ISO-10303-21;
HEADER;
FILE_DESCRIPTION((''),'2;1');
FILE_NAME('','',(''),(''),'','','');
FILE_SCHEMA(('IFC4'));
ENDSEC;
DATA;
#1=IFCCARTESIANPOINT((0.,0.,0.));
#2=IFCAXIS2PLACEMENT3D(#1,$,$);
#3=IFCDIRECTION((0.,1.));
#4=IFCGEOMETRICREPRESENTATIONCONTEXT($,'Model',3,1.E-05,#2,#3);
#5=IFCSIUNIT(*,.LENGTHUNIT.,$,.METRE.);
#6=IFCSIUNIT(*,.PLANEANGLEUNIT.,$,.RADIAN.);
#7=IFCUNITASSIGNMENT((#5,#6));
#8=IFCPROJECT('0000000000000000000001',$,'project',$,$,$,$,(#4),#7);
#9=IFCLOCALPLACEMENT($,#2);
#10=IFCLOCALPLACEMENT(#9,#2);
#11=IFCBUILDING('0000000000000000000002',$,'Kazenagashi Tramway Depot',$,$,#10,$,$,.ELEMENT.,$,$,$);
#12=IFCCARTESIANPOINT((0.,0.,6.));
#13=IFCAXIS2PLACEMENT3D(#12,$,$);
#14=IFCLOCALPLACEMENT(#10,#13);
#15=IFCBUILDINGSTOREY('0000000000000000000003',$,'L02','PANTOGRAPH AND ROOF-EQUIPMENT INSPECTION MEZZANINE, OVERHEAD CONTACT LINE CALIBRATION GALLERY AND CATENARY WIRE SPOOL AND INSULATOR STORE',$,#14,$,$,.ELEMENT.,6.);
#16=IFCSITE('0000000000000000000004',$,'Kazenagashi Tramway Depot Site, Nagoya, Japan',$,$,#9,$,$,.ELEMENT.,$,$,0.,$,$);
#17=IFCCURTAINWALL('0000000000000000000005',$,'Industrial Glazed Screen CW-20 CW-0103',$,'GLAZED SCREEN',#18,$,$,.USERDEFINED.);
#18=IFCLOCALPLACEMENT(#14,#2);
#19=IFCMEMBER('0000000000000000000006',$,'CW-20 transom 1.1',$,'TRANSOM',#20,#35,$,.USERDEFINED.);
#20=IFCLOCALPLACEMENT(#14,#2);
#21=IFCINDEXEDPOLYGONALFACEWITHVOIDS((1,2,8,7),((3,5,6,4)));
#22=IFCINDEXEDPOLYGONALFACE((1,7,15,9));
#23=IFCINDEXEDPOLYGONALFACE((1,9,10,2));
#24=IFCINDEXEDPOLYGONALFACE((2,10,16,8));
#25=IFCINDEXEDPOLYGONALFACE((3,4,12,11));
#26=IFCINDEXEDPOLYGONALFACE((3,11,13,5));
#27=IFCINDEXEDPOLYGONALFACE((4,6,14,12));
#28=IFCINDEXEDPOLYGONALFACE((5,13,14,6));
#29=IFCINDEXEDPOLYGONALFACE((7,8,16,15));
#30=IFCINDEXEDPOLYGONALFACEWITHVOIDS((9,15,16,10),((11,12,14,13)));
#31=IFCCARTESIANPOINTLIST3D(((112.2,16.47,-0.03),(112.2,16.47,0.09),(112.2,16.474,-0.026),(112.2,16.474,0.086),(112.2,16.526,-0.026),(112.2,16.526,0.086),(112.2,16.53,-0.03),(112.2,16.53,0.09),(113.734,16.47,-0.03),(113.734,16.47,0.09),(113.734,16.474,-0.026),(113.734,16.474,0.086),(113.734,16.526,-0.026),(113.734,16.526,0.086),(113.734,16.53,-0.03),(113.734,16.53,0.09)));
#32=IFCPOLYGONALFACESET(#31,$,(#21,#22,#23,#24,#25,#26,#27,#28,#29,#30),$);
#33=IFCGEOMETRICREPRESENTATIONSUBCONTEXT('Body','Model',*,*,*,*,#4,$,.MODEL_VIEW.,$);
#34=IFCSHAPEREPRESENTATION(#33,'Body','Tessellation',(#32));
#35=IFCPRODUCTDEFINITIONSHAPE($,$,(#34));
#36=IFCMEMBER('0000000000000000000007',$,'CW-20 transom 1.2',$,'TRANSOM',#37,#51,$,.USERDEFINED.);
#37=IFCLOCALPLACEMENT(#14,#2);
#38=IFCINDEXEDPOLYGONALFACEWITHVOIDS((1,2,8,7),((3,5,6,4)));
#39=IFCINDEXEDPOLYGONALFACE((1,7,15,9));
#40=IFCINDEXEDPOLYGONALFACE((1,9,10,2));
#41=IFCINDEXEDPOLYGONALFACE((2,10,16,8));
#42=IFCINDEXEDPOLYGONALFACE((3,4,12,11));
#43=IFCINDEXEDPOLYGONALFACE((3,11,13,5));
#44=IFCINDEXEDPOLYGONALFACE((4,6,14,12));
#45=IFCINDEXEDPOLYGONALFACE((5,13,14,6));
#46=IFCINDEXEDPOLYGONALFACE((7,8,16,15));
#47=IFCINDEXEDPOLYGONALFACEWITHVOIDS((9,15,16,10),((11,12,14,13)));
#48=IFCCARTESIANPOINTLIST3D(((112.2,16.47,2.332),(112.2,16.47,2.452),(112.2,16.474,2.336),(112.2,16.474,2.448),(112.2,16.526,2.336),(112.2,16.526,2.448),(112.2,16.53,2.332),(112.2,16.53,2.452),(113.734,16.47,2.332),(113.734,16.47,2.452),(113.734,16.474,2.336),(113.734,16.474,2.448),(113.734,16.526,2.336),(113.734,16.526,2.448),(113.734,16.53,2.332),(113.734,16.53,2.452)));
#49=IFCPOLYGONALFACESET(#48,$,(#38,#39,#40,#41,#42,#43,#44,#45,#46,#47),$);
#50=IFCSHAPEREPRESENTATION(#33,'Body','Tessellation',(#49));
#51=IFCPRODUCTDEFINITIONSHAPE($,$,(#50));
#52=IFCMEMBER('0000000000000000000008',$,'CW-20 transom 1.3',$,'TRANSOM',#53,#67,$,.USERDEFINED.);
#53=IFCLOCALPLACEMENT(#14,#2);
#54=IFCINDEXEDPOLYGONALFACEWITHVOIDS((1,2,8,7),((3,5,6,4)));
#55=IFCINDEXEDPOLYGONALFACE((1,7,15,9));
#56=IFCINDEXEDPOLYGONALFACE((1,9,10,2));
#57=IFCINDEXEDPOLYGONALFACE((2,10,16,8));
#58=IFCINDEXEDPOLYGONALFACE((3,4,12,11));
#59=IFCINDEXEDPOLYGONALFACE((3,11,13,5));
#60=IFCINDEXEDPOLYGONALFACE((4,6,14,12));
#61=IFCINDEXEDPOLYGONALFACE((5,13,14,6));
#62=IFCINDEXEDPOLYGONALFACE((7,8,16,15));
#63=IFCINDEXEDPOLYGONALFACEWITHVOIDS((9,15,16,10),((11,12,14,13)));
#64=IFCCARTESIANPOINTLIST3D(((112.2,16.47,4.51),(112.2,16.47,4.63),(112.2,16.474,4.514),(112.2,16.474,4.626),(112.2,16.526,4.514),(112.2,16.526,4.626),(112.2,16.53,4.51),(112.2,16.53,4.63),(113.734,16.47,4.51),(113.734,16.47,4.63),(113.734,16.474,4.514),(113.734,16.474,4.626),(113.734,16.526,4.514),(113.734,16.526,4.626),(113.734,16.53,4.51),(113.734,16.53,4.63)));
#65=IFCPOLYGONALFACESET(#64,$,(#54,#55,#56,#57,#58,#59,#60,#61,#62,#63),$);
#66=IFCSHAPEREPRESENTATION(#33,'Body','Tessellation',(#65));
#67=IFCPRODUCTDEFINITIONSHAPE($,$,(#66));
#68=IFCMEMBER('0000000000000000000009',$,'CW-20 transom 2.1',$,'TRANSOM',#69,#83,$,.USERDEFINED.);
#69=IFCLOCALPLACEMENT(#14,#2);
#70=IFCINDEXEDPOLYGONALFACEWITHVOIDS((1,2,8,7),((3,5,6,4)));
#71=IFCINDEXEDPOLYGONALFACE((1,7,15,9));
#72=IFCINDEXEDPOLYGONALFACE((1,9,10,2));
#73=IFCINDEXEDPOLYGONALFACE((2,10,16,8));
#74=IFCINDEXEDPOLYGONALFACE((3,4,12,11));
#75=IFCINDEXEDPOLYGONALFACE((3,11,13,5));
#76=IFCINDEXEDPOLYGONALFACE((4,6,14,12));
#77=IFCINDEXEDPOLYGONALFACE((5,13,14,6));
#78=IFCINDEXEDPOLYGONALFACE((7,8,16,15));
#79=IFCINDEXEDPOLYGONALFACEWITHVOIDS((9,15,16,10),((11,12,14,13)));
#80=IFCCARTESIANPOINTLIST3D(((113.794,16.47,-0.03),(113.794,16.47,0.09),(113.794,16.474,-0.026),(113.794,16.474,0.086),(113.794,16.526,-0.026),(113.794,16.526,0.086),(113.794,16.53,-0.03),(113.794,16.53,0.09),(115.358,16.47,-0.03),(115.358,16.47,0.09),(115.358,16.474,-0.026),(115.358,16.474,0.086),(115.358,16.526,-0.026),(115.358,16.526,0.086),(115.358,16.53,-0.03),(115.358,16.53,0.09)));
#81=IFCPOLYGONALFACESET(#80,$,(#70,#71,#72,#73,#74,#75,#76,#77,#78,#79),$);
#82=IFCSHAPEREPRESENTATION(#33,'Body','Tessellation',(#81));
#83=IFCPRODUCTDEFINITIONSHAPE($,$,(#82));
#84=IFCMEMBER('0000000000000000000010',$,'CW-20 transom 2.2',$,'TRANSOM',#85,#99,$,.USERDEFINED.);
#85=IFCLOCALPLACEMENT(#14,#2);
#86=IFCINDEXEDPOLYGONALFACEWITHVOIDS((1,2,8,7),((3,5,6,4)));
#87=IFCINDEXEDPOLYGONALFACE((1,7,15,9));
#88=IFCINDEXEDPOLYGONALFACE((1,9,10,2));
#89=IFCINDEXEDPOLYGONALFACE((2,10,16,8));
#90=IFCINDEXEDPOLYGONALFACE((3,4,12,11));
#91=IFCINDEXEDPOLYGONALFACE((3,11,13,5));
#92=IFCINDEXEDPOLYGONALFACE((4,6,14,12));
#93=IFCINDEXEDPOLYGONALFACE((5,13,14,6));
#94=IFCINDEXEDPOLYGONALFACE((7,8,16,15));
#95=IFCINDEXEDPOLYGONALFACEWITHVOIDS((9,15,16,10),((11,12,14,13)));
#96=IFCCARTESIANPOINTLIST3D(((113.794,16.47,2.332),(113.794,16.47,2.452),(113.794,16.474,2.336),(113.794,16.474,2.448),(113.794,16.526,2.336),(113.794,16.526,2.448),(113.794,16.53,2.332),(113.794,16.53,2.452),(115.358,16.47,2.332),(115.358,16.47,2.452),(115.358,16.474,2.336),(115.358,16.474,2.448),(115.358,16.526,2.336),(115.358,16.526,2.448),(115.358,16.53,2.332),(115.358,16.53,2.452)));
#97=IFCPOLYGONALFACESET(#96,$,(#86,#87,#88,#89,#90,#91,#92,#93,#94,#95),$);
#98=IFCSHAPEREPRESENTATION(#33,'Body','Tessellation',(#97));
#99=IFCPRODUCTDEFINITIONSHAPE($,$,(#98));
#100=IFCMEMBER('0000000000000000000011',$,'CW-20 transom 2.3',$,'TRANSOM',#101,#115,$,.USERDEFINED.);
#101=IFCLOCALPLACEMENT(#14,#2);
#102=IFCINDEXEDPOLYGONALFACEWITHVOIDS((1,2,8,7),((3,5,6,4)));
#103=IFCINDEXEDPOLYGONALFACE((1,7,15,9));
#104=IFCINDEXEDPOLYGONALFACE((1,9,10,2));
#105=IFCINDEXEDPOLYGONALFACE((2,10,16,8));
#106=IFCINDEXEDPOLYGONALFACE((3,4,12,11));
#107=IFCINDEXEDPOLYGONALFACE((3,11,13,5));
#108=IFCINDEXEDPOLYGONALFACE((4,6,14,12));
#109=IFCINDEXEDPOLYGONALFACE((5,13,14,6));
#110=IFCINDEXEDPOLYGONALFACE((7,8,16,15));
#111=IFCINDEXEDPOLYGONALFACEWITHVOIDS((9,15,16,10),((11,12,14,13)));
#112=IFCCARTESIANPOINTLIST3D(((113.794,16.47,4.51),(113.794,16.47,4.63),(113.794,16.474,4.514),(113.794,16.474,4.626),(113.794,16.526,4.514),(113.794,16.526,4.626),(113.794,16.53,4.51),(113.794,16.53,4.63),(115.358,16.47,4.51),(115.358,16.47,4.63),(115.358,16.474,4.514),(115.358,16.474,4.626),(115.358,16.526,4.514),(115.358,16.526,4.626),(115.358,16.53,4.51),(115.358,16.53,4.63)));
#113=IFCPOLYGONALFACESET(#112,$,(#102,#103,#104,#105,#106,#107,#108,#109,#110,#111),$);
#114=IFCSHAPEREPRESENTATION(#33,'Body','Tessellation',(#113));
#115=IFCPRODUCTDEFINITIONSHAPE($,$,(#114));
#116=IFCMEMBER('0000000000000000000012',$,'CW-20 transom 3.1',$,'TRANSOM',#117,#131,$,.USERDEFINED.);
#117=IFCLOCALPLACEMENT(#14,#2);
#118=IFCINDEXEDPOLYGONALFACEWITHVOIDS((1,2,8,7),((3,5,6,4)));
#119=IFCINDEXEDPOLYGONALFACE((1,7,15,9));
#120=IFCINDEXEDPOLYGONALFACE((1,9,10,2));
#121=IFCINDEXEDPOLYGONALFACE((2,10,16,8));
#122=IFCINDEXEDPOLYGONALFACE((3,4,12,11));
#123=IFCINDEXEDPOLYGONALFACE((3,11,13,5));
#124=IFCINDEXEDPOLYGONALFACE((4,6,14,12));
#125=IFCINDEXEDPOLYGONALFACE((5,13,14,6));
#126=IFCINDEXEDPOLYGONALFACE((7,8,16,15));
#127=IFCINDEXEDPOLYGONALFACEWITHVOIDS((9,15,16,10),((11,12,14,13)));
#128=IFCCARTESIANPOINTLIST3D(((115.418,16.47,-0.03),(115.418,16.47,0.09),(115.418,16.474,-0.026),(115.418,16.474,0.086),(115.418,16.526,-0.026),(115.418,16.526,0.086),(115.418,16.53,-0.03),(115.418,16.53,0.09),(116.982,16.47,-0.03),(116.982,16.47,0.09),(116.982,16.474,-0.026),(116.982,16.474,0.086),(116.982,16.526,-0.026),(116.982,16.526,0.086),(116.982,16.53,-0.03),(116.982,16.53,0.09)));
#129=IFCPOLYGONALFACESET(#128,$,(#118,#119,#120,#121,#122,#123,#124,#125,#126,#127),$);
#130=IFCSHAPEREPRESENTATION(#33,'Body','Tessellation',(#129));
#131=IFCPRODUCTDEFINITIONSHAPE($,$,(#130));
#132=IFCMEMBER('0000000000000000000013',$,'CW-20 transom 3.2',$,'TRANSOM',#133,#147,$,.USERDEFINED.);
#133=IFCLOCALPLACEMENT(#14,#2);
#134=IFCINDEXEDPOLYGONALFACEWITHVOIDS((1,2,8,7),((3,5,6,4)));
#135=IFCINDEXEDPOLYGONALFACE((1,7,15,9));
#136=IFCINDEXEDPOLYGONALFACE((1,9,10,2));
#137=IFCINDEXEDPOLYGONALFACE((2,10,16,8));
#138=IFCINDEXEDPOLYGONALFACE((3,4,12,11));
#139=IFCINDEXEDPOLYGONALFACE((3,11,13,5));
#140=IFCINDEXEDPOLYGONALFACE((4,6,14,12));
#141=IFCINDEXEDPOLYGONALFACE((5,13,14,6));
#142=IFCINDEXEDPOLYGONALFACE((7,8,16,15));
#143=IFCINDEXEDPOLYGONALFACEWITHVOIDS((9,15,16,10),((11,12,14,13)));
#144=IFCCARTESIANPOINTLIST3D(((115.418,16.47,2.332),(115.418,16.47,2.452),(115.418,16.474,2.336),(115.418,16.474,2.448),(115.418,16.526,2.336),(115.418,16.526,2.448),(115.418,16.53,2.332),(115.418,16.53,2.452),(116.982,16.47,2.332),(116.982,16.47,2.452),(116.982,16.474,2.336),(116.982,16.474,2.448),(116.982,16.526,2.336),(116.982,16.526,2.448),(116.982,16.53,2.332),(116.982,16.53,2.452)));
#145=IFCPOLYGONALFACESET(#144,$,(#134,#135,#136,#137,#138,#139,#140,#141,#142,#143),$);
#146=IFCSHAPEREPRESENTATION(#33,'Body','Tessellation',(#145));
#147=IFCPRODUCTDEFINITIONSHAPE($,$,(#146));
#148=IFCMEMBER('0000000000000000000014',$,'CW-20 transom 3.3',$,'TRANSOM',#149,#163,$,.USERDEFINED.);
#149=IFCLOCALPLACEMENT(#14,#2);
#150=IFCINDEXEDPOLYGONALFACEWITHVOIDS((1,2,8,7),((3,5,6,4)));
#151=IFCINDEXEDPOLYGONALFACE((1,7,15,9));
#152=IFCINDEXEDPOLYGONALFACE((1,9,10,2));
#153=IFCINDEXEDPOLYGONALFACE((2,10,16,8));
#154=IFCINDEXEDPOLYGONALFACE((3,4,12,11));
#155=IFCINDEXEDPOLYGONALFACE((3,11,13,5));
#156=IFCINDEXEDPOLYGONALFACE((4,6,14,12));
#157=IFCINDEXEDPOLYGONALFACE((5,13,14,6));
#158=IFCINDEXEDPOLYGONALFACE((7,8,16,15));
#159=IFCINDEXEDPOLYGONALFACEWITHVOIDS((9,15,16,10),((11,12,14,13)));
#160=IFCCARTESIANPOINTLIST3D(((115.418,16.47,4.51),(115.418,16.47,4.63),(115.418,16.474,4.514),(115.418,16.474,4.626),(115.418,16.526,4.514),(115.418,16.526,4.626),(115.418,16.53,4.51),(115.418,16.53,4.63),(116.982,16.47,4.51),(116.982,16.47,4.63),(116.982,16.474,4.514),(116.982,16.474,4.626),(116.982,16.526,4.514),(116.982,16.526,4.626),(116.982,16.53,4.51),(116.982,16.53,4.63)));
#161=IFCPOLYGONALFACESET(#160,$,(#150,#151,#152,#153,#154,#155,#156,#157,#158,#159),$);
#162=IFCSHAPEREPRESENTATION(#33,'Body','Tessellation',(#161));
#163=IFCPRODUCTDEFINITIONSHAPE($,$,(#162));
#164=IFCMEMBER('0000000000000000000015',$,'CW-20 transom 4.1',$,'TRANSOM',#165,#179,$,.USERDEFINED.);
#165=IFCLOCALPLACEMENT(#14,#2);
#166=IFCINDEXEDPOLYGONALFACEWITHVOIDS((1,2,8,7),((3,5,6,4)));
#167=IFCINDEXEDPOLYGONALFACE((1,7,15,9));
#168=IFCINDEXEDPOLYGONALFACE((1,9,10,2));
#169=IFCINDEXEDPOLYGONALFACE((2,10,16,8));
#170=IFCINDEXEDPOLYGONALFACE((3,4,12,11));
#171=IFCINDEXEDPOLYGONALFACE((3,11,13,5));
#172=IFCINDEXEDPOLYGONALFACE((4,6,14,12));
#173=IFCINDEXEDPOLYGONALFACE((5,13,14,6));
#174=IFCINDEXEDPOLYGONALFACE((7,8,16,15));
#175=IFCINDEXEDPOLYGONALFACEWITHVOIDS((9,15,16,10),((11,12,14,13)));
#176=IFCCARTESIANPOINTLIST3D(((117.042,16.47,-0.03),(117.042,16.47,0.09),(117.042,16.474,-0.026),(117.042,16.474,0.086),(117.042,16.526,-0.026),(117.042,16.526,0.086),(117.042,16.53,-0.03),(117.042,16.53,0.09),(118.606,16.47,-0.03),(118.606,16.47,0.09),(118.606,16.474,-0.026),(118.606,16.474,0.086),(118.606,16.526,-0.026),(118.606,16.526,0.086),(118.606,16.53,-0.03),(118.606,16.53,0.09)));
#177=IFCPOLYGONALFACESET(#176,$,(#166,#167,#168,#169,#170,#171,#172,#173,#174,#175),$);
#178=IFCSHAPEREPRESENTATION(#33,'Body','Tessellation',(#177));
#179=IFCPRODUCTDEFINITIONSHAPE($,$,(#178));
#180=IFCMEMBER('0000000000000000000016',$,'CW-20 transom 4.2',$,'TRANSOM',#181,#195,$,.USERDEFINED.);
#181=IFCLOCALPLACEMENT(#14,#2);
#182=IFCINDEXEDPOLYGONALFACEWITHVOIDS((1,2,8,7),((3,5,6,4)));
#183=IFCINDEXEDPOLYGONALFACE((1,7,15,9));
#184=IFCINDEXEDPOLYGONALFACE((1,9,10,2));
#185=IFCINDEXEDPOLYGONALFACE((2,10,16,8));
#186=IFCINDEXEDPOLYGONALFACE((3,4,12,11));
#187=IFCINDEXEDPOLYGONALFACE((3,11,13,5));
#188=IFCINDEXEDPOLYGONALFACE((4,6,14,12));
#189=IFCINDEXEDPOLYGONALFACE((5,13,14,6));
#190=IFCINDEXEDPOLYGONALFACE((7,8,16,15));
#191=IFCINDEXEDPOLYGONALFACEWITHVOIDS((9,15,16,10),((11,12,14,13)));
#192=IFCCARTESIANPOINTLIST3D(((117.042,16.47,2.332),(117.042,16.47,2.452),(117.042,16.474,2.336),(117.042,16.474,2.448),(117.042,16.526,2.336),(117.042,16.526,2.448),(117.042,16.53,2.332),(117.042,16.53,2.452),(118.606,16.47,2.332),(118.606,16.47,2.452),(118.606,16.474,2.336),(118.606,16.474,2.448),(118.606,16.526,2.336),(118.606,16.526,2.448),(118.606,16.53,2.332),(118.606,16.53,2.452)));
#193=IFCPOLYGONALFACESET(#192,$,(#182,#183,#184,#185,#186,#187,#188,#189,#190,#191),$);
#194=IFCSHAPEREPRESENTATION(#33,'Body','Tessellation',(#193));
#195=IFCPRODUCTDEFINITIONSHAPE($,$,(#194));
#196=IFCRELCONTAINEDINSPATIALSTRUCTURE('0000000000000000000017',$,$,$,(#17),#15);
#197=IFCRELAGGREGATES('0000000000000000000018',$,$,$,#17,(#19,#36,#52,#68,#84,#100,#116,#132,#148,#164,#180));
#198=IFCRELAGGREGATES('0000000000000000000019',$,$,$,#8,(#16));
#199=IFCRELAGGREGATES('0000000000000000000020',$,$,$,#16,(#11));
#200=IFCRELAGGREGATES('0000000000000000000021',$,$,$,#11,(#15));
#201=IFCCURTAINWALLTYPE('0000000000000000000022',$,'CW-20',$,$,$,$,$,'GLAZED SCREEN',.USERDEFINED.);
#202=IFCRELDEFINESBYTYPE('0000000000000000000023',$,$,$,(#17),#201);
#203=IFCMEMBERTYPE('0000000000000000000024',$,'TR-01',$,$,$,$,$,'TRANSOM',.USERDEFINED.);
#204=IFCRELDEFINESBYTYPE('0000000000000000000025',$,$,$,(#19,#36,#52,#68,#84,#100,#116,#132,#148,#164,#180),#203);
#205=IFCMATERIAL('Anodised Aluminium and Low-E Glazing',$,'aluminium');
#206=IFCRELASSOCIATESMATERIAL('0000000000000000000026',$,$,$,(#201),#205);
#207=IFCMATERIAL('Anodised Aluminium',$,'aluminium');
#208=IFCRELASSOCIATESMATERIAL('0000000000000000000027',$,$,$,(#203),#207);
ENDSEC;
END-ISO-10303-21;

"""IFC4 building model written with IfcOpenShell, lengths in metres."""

from ifc_helpers import new_model, si_unit, direction, frame, origin, origin_2d, place, context, subcontext, project, spatial, hollow_rectangle, extrude, material, material_profile, profile_set, type_object, element, aggregate, save


model = new_model("IFC4")

# Units and contexts
model_context = context("Model", 3, precision=1e-05, world=origin(), true_north=direction((0.0, 1.0)))
body_context = subcontext(model_context, "Body", "Model", "MODEL_VIEW")
ifc_project = project(units=[si_unit("LENGTHUNIT", "METRE"), si_unit("PLANEANGLEUNIT", "RADIAN")], contexts=[model_context])

# Site, building, storey
site_placement = place(None, origin())
site = spatial("IfcSite", under=ifc_project, at=site_placement, Name="Kazenagashi Tramway Depot Site, Nagoya, Japan", CompositionType="ELEMENT", RefElevation=0.0)
building_placement = place(site_placement, origin())
building = spatial("IfcBuilding", under=site, at=building_placement, Name="Kazenagashi Tramway Depot", CompositionType="ELEMENT")
storey_placement = place(building_placement, frame((0.0, 0.0, 6.0)))
storey = spatial("IfcBuildingStorey", under=building, at=storey_placement, Name="L02", Description="PANTOGRAPH AND ROOF-EQUIPMENT INSPECTION MEZZANINE, OVERHEAD CONTACT LINE CALIBRATION GALLERY AND CATENARY WIRE SPOOL AND INSULATOR STORE", CompositionType="ELEMENT", Elevation=6.0)

# Shared definitions
ifc_material_1 = material(Name="Anodised Aluminium and Low-E Glazing", Category="aluminium")
ifc_material_2 = material(Name="Anodised Aluminium", Category="aluminium")
curtain_wall_type_1 = type_object("IfcCurtainWallType", Name="CW-20", ElementType="GLAZED SCREEN", PredefinedType="USERDEFINED", material=ifc_material_1)

# Curtain wall
curtain_wall_1_placement = place(storey_placement, origin())
curtain_wall_1 = element("IfcCurtainWall", 1, at=curtain_wall_1_placement, inside=storey, type_object=curtain_wall_type_1, Name="Industrial Glazed Screen CW-20 CW-0103", ObjectType="GLAZED SCREEN", PredefinedType="USERDEFINED")

# Members
ifc_material_profile_1 = material_profile(ifc_material_2, hollow_rectangle(XDim=0.06, YDim=0.12, WallThickness=0.004, at=origin_2d()), Name="RHS-120x60x4")
ifc_profile_set_1 = profile_set([ifc_material_profile_1], Name="Anodised Aluminium")
member_type_1 = type_object("IfcMemberType", Name="TR-01", ElementType="TRANSOM", PredefinedType="USERDEFINED", material=ifc_profile_set_1)
member_1_placement = place(storey_placement, frame((112.2, 16.5, 0.03), z_axis=(1.0, 0.0, 0.0), x_axis=(0.0, 1.0, 0.0)))
member_1 = element("IfcMember", 2, at=member_1_placement, type_object=member_type_1, Name="CW-20 transom 1.1", ObjectType="TRANSOM", PredefinedType="USERDEFINED", context=body_context, shape_type="SweptSolid", body=[
    extrude(hollow_rectangle(XDim=0.06, YDim=0.12, WallThickness=0.004, at=origin_2d()), origin(), (0.0, 0.0, 1.0), 1.534),
])
member_2_placement = place(storey_placement, frame((112.2, 16.5, 2.392), z_axis=(1.0, 0.0, 0.0), x_axis=(0.0, 1.0, 0.0)))
member_2 = element("IfcMember", 3, at=member_2_placement, type_object=member_type_1, Name="CW-20 transom 1.2", ObjectType="TRANSOM", PredefinedType="USERDEFINED", context=body_context, shape_type="SweptSolid", body=[
    extrude(hollow_rectangle(XDim=0.06, YDim=0.12, WallThickness=0.004, at=origin_2d()), origin(), (0.0, 0.0, 1.0), 1.534),
])
member_3_placement = place(storey_placement, frame((112.2, 16.5, 4.57), z_axis=(1.0, 0.0, 0.0), x_axis=(0.0, 1.0, 0.0)))
member_3 = element("IfcMember", 4, at=member_3_placement, type_object=member_type_1, Name="CW-20 transom 1.3", ObjectType="TRANSOM", PredefinedType="USERDEFINED", context=body_context, shape_type="SweptSolid", body=[
    extrude(hollow_rectangle(XDim=0.06, YDim=0.12, WallThickness=0.004, at=origin_2d()), origin(), (0.0, 0.0, 1.0), 1.534),
])
member_4_placement = place(storey_placement, frame((113.794, 16.5, 0.03), z_axis=(1.0, 0.0, 0.0), x_axis=(0.0, 1.0, 0.0)))
member_4 = element("IfcMember", 5, at=member_4_placement, type_object=member_type_1, Name="CW-20 transom 2.1", ObjectType="TRANSOM", PredefinedType="USERDEFINED", context=body_context, shape_type="SweptSolid", body=[
    extrude(hollow_rectangle(XDim=0.06, YDim=0.12, WallThickness=0.004, at=origin_2d()), origin(), (0.0, 0.0, 1.0), 1.564),
])
member_5_placement = place(storey_placement, frame((113.794, 16.5, 2.392), z_axis=(1.0, 0.0, 0.0), x_axis=(0.0, 1.0, 0.0)))
member_5 = element("IfcMember", 6, at=member_5_placement, type_object=member_type_1, Name="CW-20 transom 2.2", ObjectType="TRANSOM", PredefinedType="USERDEFINED", context=body_context, shape_type="SweptSolid", body=[
    extrude(hollow_rectangle(XDim=0.06, YDim=0.12, WallThickness=0.004, at=origin_2d()), origin(), (0.0, 0.0, 1.0), 1.564),
])
member_6_placement = place(storey_placement, frame((113.794, 16.5, 4.57), z_axis=(1.0, 0.0, 0.0), x_axis=(0.0, 1.0, 0.0)))
member_6 = element("IfcMember", 7, at=member_6_placement, type_object=member_type_1, Name="CW-20 transom 2.3", ObjectType="TRANSOM", PredefinedType="USERDEFINED", context=body_context, shape_type="SweptSolid", body=[
    extrude(hollow_rectangle(XDim=0.06, YDim=0.12, WallThickness=0.004, at=origin_2d()), origin(), (0.0, 0.0, 1.0), 1.564),
])
member_7_placement = place(storey_placement, frame((115.418, 16.5, 0.03), z_axis=(1.0, 0.0, 0.0), x_axis=(0.0, 1.0, 0.0)))
member_7 = element("IfcMember", 8, at=member_7_placement, type_object=member_type_1, Name="CW-20 transom 3.1", ObjectType="TRANSOM", PredefinedType="USERDEFINED", context=body_context, shape_type="SweptSolid", body=[
    extrude(hollow_rectangle(XDim=0.06, YDim=0.12, WallThickness=0.004, at=origin_2d()), origin(), (0.0, 0.0, 1.0), 1.564),
])
member_8_placement = place(storey_placement, frame((115.418, 16.5, 2.392), z_axis=(1.0, 0.0, 0.0), x_axis=(0.0, 1.0, 0.0)))
member_8 = element("IfcMember", 9, at=member_8_placement, type_object=member_type_1, Name="CW-20 transom 3.2", ObjectType="TRANSOM", PredefinedType="USERDEFINED", context=body_context, shape_type="SweptSolid", body=[
    extrude(hollow_rectangle(XDim=0.06, YDim=0.12, WallThickness=0.004, at=origin_2d()), origin(), (0.0, 0.0, 1.0), 1.564),
])
member_9_placement = place(storey_placement, frame((115.418, 16.5, 4.57), z_axis=(1.0, 0.0, 0.0), x_axis=(0.0, 1.0, 0.0)))
member_9 = element("IfcMember", 10, at=member_9_placement, type_object=member_type_1, Name="CW-20 transom 3.3", ObjectType="TRANSOM", PredefinedType="USERDEFINED", context=body_context, shape_type="SweptSolid", body=[
    extrude(hollow_rectangle(XDim=0.06, YDim=0.12, WallThickness=0.004, at=origin_2d()), origin(), (0.0, 0.0, 1.0), 1.564),
])
member_10_placement = place(storey_placement, frame((117.042, 16.5, 0.03), z_axis=(1.0, 0.0, 0.0), x_axis=(0.0, 1.0, 0.0)))
member_10 = element("IfcMember", 11, at=member_10_placement, type_object=member_type_1, Name="CW-20 transom 4.1", ObjectType="TRANSOM", PredefinedType="USERDEFINED", context=body_context, shape_type="SweptSolid", body=[
    extrude(hollow_rectangle(XDim=0.06, YDim=0.12, WallThickness=0.004, at=origin_2d()), origin(), (0.0, 0.0, 1.0), 1.564),
])
member_11_placement = place(storey_placement, frame((117.042, 16.5, 2.392), z_axis=(1.0, 0.0, 0.0), x_axis=(0.0, 1.0, 0.0)))
member_11 = element("IfcMember", 12, at=member_11_placement, type_object=member_type_1, Name="CW-20 transom 4.2", ObjectType="TRANSOM", PredefinedType="USERDEFINED", context=body_context, shape_type="SweptSolid", body=[
    extrude(hollow_rectangle(XDim=0.06, YDim=0.12, WallThickness=0.004, at=origin_2d()), origin(), (0.0, 0.0, 1.0), 1.564),
])

aggregate(curtain_wall_1, [member_1, member_2, member_3, member_4, member_5, member_6, member_7, member_8, member_9, member_10, member_11])

save(model, "model.ifc")
